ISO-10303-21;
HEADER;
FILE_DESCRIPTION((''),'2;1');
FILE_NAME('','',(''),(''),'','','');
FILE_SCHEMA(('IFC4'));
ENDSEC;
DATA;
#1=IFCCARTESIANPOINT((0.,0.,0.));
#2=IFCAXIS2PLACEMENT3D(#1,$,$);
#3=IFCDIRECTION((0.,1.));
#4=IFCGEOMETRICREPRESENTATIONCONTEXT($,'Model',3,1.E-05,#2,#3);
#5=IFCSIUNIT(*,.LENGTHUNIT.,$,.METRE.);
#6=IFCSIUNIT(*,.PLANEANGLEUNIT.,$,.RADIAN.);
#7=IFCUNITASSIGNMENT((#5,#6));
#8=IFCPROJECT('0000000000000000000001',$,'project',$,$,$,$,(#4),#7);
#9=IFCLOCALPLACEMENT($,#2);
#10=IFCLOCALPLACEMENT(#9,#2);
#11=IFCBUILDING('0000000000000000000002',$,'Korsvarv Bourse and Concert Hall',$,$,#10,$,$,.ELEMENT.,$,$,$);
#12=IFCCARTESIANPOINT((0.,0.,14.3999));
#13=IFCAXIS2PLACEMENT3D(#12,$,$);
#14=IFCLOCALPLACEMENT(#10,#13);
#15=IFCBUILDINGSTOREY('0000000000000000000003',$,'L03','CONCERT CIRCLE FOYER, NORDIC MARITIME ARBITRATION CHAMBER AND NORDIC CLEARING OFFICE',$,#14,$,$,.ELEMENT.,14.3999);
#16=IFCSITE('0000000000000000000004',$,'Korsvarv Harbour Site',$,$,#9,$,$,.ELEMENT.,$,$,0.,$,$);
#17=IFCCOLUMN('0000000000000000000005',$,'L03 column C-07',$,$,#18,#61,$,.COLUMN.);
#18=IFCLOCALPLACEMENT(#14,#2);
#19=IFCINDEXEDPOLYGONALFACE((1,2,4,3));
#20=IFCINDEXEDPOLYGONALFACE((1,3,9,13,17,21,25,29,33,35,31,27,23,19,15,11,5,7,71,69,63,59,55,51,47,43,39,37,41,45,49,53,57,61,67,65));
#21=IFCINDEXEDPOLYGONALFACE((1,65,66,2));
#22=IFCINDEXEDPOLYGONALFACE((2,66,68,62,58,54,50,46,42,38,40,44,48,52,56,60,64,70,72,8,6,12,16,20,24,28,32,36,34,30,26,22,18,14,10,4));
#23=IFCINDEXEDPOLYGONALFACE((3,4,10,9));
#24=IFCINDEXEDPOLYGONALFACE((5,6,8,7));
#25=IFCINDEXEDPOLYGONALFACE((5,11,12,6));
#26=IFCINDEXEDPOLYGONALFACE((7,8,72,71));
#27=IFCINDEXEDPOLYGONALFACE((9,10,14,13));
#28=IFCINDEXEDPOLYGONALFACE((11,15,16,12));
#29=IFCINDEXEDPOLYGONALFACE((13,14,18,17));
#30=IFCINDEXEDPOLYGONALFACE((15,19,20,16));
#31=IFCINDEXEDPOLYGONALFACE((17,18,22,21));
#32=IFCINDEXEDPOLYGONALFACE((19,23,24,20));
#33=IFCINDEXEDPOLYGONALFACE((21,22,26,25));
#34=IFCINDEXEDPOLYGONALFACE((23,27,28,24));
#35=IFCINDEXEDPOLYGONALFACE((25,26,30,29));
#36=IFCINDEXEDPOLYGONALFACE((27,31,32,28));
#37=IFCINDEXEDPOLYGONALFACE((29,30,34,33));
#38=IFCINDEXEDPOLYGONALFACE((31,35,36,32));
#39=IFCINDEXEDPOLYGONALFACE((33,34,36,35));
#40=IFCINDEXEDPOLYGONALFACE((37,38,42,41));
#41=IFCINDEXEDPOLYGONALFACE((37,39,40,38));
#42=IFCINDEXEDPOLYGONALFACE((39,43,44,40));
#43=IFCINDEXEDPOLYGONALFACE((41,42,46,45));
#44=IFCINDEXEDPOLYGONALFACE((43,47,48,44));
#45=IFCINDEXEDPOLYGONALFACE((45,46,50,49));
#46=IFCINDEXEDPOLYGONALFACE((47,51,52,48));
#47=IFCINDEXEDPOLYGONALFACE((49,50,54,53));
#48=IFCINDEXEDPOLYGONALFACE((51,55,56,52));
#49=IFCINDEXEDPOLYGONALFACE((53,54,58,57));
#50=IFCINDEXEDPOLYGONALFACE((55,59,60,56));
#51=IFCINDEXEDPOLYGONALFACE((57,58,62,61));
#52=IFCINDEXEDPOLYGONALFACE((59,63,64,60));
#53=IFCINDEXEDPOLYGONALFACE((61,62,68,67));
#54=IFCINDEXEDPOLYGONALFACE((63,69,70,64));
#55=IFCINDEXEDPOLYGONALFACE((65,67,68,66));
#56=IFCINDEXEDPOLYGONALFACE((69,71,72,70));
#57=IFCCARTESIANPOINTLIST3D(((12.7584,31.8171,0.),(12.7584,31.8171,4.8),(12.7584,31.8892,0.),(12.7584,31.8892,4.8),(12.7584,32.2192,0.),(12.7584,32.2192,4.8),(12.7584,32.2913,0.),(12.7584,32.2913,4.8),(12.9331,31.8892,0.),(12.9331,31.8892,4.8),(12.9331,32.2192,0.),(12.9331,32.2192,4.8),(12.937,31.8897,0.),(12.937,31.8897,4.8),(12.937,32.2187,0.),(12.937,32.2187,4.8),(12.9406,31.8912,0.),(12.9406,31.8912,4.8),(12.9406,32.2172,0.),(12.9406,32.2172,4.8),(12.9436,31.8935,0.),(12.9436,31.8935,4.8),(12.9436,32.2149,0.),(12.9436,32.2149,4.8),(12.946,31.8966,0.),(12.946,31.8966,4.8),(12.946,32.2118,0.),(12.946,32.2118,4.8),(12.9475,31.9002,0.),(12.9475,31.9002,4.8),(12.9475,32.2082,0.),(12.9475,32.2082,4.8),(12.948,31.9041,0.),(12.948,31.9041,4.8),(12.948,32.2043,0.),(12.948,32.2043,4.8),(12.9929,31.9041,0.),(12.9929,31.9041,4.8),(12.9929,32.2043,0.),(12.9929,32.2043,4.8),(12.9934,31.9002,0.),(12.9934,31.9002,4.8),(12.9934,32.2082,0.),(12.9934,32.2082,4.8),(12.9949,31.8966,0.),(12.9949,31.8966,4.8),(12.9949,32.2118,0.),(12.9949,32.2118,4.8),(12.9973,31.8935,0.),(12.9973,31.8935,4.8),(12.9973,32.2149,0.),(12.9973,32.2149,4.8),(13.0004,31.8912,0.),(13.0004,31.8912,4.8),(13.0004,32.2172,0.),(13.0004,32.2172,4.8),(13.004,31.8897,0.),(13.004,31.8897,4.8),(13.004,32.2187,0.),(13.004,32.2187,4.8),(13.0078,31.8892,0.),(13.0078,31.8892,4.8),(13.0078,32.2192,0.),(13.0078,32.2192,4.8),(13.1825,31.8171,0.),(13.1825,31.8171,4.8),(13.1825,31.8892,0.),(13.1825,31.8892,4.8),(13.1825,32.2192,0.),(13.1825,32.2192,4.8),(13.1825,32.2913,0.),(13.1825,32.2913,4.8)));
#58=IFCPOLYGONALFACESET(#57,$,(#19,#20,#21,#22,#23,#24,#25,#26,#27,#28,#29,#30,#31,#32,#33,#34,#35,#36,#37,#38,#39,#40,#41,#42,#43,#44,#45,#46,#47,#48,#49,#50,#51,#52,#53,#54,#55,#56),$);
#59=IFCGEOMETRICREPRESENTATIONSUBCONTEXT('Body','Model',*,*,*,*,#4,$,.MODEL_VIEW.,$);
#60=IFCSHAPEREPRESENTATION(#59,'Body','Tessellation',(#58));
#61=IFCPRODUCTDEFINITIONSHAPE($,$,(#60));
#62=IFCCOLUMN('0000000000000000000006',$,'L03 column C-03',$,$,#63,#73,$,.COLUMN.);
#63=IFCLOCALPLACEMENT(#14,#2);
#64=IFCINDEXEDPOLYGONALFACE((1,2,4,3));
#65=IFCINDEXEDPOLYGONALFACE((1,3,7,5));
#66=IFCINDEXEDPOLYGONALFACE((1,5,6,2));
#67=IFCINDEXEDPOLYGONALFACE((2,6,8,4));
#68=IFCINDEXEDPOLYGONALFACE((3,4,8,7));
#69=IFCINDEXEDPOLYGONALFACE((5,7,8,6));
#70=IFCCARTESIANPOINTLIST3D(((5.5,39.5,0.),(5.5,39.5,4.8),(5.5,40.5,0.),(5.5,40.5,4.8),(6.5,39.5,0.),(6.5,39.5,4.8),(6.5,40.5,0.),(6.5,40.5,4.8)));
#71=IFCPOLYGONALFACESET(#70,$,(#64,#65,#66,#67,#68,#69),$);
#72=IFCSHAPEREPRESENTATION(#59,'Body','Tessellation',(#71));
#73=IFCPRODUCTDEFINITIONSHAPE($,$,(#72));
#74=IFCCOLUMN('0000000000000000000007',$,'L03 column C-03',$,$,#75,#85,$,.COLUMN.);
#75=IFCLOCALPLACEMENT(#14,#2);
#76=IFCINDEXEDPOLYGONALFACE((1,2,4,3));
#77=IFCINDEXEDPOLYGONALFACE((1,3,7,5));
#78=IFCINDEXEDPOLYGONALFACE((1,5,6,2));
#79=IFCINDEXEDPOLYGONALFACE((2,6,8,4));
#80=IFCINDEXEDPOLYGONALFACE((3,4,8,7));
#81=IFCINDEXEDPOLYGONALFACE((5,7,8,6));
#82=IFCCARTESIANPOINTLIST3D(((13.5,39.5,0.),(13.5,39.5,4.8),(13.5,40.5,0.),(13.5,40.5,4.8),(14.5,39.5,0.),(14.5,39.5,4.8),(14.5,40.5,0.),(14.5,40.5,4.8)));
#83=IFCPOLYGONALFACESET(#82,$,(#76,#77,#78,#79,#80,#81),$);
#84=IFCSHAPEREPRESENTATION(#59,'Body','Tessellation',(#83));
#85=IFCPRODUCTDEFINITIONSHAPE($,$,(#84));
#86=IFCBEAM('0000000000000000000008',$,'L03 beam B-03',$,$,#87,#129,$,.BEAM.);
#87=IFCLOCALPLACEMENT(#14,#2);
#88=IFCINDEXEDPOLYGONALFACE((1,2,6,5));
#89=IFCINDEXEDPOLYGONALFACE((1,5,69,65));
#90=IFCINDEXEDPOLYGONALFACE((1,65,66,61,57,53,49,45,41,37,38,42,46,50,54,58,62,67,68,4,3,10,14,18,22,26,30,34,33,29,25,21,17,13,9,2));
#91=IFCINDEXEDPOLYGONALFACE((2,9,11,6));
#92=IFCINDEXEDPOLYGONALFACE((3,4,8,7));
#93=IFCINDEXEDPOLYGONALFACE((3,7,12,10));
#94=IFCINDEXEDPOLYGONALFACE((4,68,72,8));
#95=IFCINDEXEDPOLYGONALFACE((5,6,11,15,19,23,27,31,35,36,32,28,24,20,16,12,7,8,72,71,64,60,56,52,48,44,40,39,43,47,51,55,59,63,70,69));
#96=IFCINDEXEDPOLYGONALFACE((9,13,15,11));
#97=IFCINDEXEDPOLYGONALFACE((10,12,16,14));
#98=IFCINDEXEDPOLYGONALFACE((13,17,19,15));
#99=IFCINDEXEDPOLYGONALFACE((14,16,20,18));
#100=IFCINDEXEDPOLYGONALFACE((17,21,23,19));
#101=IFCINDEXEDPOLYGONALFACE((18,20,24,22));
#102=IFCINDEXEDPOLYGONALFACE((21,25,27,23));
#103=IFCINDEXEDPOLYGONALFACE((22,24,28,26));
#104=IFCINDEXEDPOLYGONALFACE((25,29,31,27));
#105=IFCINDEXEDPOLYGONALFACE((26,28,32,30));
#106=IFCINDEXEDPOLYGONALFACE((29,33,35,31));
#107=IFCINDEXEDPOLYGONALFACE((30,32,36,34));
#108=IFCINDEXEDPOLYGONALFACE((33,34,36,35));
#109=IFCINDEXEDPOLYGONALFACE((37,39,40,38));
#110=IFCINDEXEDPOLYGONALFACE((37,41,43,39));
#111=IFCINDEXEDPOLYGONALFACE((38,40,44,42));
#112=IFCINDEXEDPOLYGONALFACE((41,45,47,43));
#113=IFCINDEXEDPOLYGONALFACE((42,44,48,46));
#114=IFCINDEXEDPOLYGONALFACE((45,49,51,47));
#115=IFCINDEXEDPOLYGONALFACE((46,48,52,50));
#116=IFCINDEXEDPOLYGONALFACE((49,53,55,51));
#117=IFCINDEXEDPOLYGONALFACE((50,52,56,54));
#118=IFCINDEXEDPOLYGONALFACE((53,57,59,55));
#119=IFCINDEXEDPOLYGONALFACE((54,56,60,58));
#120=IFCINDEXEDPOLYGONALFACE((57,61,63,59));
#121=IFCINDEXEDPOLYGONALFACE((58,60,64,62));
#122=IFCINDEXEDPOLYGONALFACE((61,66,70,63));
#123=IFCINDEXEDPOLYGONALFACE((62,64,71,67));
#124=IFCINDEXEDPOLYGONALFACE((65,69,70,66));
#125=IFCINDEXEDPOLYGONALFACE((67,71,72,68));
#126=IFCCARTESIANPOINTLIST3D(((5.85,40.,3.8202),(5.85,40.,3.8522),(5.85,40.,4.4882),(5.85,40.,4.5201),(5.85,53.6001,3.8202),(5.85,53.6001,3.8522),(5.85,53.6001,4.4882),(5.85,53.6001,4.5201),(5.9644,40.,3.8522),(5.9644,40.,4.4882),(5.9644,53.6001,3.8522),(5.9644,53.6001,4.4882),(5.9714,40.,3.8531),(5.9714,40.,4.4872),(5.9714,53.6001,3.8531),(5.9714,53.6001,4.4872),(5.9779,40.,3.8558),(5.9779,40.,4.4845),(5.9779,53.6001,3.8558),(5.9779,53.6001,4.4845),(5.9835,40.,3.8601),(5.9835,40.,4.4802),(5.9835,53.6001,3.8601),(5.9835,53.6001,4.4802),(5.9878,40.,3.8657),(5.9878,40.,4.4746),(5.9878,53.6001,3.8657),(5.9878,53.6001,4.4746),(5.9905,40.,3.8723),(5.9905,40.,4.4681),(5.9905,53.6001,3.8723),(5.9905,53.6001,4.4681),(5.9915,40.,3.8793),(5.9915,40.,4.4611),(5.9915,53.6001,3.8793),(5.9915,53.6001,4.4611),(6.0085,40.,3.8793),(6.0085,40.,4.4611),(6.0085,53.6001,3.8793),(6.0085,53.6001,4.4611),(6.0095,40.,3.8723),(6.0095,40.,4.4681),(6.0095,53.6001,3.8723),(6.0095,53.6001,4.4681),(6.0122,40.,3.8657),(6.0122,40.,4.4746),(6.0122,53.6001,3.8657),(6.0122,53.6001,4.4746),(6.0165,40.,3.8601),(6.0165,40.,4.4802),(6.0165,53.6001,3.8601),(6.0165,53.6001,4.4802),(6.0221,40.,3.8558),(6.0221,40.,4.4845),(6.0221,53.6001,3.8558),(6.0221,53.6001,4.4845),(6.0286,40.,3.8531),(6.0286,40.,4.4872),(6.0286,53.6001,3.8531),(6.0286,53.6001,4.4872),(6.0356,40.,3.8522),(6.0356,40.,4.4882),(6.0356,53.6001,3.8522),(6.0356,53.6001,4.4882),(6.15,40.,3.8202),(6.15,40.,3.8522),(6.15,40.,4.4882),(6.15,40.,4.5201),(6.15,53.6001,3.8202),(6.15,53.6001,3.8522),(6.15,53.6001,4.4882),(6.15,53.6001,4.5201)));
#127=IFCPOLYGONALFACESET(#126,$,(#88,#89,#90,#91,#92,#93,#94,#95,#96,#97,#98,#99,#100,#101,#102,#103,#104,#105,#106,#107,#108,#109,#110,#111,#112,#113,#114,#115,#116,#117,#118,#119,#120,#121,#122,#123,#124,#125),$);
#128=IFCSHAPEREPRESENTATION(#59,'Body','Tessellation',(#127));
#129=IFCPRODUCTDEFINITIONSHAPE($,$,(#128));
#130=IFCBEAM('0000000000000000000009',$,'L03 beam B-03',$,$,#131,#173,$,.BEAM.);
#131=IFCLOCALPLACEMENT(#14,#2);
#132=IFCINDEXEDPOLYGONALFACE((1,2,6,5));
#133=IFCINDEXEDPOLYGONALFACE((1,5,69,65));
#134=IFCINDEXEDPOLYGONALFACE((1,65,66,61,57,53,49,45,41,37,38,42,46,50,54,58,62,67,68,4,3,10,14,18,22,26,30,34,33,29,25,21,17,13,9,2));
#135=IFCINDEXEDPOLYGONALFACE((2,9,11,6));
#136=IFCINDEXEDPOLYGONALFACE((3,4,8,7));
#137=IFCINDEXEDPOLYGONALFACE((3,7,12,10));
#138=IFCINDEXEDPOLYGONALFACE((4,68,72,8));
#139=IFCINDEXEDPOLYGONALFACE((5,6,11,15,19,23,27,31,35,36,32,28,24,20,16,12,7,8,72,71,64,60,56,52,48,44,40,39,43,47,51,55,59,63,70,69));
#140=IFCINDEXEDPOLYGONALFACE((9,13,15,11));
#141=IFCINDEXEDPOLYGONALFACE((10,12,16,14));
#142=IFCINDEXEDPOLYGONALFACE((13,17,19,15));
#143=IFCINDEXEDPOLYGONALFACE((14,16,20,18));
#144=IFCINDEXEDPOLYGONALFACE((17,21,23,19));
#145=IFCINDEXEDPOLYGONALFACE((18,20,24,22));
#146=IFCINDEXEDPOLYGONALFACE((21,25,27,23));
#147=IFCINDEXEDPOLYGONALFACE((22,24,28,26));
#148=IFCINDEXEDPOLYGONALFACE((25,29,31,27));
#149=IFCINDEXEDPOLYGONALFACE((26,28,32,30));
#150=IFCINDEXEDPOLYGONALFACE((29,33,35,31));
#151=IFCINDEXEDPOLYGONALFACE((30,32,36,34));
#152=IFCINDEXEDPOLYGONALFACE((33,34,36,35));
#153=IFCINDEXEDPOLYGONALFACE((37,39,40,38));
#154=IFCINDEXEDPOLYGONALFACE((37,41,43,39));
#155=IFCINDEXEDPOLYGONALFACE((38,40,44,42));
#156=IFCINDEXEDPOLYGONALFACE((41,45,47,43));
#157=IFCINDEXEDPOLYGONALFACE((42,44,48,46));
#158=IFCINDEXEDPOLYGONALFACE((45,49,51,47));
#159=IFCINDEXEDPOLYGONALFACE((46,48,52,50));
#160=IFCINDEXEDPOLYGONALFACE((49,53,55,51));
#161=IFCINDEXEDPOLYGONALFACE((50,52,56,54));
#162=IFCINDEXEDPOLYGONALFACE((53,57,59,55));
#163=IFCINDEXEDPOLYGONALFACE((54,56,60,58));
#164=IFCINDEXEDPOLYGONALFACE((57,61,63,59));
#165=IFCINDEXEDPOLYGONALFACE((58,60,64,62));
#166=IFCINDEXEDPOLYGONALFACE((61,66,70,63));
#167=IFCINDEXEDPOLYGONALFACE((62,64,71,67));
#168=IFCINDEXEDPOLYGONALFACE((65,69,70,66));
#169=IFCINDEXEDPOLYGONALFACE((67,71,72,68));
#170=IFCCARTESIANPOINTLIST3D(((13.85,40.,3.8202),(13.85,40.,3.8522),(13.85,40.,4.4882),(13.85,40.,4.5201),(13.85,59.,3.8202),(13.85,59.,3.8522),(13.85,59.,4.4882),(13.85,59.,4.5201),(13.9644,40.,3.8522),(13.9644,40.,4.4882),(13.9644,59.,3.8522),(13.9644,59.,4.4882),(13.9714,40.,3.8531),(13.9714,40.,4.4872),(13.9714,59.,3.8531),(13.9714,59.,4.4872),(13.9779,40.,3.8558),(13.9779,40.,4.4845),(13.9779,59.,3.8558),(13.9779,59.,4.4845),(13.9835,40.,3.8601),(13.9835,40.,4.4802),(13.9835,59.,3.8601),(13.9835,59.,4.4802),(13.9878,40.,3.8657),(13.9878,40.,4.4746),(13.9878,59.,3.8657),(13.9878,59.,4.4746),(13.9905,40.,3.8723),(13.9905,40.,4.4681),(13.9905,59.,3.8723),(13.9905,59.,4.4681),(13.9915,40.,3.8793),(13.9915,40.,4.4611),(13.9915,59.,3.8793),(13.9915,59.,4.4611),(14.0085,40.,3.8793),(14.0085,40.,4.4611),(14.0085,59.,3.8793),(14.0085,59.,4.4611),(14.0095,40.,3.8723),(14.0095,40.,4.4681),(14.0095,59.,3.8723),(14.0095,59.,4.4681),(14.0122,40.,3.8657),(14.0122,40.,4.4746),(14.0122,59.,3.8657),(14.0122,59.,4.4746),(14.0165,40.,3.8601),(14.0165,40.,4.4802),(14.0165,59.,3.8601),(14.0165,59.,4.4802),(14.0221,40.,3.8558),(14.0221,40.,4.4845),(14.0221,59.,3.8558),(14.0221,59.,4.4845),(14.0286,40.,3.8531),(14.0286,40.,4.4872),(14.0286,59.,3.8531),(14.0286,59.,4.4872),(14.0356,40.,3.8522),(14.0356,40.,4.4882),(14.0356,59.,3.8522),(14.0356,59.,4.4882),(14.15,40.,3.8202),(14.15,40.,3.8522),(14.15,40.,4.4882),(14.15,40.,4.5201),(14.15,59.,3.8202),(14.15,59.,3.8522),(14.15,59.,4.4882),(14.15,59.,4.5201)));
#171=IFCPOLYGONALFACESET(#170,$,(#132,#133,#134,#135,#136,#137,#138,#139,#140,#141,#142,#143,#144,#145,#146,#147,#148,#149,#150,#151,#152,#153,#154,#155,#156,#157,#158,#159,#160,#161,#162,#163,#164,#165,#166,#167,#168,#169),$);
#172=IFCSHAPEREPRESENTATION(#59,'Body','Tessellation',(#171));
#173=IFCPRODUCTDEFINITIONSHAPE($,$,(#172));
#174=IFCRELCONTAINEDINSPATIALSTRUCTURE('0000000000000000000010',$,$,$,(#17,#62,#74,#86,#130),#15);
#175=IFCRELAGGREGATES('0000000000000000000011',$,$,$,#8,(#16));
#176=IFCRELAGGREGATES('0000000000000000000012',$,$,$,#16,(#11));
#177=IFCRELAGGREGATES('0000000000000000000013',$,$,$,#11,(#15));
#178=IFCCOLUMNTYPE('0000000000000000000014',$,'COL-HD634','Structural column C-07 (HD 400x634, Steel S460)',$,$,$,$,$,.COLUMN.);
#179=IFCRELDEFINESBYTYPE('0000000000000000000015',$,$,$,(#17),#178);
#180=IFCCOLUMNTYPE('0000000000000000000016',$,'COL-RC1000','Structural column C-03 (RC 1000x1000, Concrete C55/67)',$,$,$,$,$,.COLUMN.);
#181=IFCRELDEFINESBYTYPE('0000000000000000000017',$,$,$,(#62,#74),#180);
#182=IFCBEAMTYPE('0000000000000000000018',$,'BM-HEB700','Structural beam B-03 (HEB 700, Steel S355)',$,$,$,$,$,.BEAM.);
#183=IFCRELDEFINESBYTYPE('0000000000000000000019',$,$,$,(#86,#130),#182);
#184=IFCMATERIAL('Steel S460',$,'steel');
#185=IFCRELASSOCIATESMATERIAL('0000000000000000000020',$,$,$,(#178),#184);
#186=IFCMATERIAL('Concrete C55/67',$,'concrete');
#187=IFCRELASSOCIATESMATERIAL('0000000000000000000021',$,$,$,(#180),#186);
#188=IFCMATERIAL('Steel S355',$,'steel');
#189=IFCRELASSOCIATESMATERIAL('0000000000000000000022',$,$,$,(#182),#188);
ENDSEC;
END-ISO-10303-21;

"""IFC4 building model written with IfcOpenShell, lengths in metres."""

from ifc_helpers import new_model, si_unit, direction, frame, origin, origin_2d, place, context, subcontext, project, spatial, rectangle, i_section, extrude, source, transform, mapped, material, material_profile, profile_set, type_object, element, save


model = new_model("IFC4")

# Units and contexts
model_context = context("Model", 3, precision=1e-05, world=origin(), true_north=direction((0.0, 1.0)))
body_context = subcontext(model_context, "Body", "Model", "MODEL_VIEW")
ifc_project = project(units=[si_unit("LENGTHUNIT", "METRE"), si_unit("PLANEANGLEUNIT", "RADIAN")], contexts=[model_context])

# Site, building, storey
site_placement = place(None, origin())
site = spatial("IfcSite", under=ifc_project, at=site_placement, Name="Korsvarv Harbour Site", CompositionType="ELEMENT", RefElevation=0.0)
building_placement = place(site_placement, origin())
building = spatial("IfcBuilding", under=site, at=building_placement, Name="Korsvarv Bourse and Concert Hall", CompositionType="ELEMENT")
storey_placement = place(building_placement, frame((0.0, 0.0, 14.3999)))
storey = spatial("IfcBuildingStorey", under=building, at=storey_placement, Name="L03", Description="CONCERT CIRCLE FOYER, NORDIC MARITIME ARBITRATION CHAMBER AND NORDIC CLEARING OFFICE", CompositionType="ELEMENT", Elevation=14.3999)

# Columns
ifc_material_1 = material(Name="Steel S460", Category="steel")
ifc_material_profile_1 = material_profile(ifc_material_1, i_section(OverallWidth=0.4241, OverallDepth=0.4741, WebThickness=0.0449, FlangeThickness=0.072, FilletRadius=0.0149, at=origin_2d()), Name="HD 400x634")
ifc_profile_set_1 = profile_set([ifc_material_profile_1], Name="Steel S460")
column_type_1 = type_object("IfcColumnType", Name="COL-HD634", Description="Structural column C-07 (HD 400x634, Steel S460)", PredefinedType="COLUMN", material=ifc_profile_set_1)
shared_shape_1 = source(origin(), body_context, "Body", "SweptSolid", [
    extrude(i_section(OverallWidth=0.4241, OverallDepth=0.4741, WebThickness=0.0449, FlangeThickness=0.072, FilletRadius=0.0149, at=origin_2d()), origin(), (0.0, 0.0, 1.0), 4.8),
])
column_placement = place(storey_placement, frame((12.9705, 32.0542, 0.0), z_axis=(0.0, 0.0, 1.0), x_axis=(1.0, 0.0, 0.0)))
element("IfcColumn", 1, at=column_placement, inside=storey, type_object=column_type_1, Name="L03 column C-07", PredefinedType="COLUMN", context=body_context, shape_type="MappedRepresentation", body=[
    mapped(shared_shape_1, transform((0.0, 0.0, 0.0), scale=1.0)),
])
ifc_material_2 = material(Name="Concrete C55/67", Category="concrete")
ifc_material_profile_2 = material_profile(ifc_material_2, rectangle(XDim=1.0, YDim=1.0, at=origin_2d()), Name="RC 1000x1000")
ifc_profile_set_2 = profile_set([ifc_material_profile_2], Name="Concrete C55/67")
column_type_2 = type_object("IfcColumnType", Name="COL-RC1000", Description="Structural column C-03 (RC 1000x1000, Concrete C55/67)", PredefinedType="COLUMN", material=ifc_profile_set_2)
shared_shape_2 = source(origin(), body_context, "Body", "SweptSolid", [
    extrude(rectangle(XDim=1.0, YDim=1.0, at=origin_2d()), origin(), (0.0, 0.0, 1.0), 4.8),
])
for number, where, z_axis, x_axis, name in (
    (2, (6.0, 40.0, 0.0), (0.0, 0.0, 1.0), (1.0, 0.0, 0.0), "L03 column C-03"),
    (3, (14.0, 40.0, 0.0), (0.0, 0.0, 1.0), (1.0, 0.0, 0.0), "L03 column C-03"),
):
    element("IfcColumn", number, at=place(storey_placement, frame(where, z_axis=z_axis, x_axis=x_axis)), inside=storey, type_object=column_type_2, Name=name, PredefinedType="COLUMN", context=body_context, shape_type="MappedRepresentation", body=[
        mapped(shared_shape_2, transform((0.0, 0.0, 0.0), scale=1.0)),
    ])

# Beams
ifc_material_3 = material(Name="Steel S355", Category="steel")
ifc_material_profile_3 = material_profile(ifc_material_3, i_section(OverallWidth=0.3, OverallDepth=0.7, WebThickness=0.0171, FlangeThickness=0.032, FilletRadius=0.0271, at=origin_2d()), Name="HEB 700")
ifc_profile_set_3 = profile_set([ifc_material_profile_3], Name="Steel S355")
beam_type = type_object("IfcBeamType", Name="BM-HEB700", Description="Structural beam B-03 (HEB 700, Steel S355)", PredefinedType="BEAM", material=ifc_profile_set_3)
shared_shape_3 = source(origin(), body_context, "Body", "SweptSolid", [
    extrude(i_section(OverallWidth=0.3, OverallDepth=0.7, WebThickness=0.0171, FlangeThickness=0.032, FilletRadius=0.0271, at=origin_2d()), origin(), (0.0, 0.0, 1.0), 13.6001),
])
beam_1_placement = place(storey_placement, frame((6.0, 40.0, 4.1702), z_axis=(0.0, 1.0, 0.0), x_axis=(-1.0, 0.0, 0.0)))
element("IfcBeam", 4, at=beam_1_placement, inside=storey, type_object=beam_type, Name="L03 beam B-03", PredefinedType="BEAM", context=body_context, shape_type="MappedRepresentation", body=[
    mapped(shared_shape_3, transform((0.0, 0.0, 0.0), scale=1.0)),
])
shared_shape_4 = source(origin(), body_context, "Body", "SweptSolid", [
    extrude(i_section(OverallWidth=0.3, OverallDepth=0.7, WebThickness=0.0171, FlangeThickness=0.032, FilletRadius=0.0271, at=origin_2d()), origin(), (0.0, 0.0, 1.0), 19.0),
])
beam_2_placement = place(storey_placement, frame((14.0, 40.0, 4.1702), z_axis=(0.0, 1.0, 0.0), x_axis=(-1.0, 0.0, 0.0)))
element("IfcBeam", 5, at=beam_2_placement, inside=storey, type_object=beam_type, Name="L03 beam B-03", PredefinedType="BEAM", context=body_context, shape_type="MappedRepresentation", body=[
    mapped(shared_shape_4, transform((0.0, 0.0, 0.0), scale=1.0)),
])

save(model, "model.ifc")
